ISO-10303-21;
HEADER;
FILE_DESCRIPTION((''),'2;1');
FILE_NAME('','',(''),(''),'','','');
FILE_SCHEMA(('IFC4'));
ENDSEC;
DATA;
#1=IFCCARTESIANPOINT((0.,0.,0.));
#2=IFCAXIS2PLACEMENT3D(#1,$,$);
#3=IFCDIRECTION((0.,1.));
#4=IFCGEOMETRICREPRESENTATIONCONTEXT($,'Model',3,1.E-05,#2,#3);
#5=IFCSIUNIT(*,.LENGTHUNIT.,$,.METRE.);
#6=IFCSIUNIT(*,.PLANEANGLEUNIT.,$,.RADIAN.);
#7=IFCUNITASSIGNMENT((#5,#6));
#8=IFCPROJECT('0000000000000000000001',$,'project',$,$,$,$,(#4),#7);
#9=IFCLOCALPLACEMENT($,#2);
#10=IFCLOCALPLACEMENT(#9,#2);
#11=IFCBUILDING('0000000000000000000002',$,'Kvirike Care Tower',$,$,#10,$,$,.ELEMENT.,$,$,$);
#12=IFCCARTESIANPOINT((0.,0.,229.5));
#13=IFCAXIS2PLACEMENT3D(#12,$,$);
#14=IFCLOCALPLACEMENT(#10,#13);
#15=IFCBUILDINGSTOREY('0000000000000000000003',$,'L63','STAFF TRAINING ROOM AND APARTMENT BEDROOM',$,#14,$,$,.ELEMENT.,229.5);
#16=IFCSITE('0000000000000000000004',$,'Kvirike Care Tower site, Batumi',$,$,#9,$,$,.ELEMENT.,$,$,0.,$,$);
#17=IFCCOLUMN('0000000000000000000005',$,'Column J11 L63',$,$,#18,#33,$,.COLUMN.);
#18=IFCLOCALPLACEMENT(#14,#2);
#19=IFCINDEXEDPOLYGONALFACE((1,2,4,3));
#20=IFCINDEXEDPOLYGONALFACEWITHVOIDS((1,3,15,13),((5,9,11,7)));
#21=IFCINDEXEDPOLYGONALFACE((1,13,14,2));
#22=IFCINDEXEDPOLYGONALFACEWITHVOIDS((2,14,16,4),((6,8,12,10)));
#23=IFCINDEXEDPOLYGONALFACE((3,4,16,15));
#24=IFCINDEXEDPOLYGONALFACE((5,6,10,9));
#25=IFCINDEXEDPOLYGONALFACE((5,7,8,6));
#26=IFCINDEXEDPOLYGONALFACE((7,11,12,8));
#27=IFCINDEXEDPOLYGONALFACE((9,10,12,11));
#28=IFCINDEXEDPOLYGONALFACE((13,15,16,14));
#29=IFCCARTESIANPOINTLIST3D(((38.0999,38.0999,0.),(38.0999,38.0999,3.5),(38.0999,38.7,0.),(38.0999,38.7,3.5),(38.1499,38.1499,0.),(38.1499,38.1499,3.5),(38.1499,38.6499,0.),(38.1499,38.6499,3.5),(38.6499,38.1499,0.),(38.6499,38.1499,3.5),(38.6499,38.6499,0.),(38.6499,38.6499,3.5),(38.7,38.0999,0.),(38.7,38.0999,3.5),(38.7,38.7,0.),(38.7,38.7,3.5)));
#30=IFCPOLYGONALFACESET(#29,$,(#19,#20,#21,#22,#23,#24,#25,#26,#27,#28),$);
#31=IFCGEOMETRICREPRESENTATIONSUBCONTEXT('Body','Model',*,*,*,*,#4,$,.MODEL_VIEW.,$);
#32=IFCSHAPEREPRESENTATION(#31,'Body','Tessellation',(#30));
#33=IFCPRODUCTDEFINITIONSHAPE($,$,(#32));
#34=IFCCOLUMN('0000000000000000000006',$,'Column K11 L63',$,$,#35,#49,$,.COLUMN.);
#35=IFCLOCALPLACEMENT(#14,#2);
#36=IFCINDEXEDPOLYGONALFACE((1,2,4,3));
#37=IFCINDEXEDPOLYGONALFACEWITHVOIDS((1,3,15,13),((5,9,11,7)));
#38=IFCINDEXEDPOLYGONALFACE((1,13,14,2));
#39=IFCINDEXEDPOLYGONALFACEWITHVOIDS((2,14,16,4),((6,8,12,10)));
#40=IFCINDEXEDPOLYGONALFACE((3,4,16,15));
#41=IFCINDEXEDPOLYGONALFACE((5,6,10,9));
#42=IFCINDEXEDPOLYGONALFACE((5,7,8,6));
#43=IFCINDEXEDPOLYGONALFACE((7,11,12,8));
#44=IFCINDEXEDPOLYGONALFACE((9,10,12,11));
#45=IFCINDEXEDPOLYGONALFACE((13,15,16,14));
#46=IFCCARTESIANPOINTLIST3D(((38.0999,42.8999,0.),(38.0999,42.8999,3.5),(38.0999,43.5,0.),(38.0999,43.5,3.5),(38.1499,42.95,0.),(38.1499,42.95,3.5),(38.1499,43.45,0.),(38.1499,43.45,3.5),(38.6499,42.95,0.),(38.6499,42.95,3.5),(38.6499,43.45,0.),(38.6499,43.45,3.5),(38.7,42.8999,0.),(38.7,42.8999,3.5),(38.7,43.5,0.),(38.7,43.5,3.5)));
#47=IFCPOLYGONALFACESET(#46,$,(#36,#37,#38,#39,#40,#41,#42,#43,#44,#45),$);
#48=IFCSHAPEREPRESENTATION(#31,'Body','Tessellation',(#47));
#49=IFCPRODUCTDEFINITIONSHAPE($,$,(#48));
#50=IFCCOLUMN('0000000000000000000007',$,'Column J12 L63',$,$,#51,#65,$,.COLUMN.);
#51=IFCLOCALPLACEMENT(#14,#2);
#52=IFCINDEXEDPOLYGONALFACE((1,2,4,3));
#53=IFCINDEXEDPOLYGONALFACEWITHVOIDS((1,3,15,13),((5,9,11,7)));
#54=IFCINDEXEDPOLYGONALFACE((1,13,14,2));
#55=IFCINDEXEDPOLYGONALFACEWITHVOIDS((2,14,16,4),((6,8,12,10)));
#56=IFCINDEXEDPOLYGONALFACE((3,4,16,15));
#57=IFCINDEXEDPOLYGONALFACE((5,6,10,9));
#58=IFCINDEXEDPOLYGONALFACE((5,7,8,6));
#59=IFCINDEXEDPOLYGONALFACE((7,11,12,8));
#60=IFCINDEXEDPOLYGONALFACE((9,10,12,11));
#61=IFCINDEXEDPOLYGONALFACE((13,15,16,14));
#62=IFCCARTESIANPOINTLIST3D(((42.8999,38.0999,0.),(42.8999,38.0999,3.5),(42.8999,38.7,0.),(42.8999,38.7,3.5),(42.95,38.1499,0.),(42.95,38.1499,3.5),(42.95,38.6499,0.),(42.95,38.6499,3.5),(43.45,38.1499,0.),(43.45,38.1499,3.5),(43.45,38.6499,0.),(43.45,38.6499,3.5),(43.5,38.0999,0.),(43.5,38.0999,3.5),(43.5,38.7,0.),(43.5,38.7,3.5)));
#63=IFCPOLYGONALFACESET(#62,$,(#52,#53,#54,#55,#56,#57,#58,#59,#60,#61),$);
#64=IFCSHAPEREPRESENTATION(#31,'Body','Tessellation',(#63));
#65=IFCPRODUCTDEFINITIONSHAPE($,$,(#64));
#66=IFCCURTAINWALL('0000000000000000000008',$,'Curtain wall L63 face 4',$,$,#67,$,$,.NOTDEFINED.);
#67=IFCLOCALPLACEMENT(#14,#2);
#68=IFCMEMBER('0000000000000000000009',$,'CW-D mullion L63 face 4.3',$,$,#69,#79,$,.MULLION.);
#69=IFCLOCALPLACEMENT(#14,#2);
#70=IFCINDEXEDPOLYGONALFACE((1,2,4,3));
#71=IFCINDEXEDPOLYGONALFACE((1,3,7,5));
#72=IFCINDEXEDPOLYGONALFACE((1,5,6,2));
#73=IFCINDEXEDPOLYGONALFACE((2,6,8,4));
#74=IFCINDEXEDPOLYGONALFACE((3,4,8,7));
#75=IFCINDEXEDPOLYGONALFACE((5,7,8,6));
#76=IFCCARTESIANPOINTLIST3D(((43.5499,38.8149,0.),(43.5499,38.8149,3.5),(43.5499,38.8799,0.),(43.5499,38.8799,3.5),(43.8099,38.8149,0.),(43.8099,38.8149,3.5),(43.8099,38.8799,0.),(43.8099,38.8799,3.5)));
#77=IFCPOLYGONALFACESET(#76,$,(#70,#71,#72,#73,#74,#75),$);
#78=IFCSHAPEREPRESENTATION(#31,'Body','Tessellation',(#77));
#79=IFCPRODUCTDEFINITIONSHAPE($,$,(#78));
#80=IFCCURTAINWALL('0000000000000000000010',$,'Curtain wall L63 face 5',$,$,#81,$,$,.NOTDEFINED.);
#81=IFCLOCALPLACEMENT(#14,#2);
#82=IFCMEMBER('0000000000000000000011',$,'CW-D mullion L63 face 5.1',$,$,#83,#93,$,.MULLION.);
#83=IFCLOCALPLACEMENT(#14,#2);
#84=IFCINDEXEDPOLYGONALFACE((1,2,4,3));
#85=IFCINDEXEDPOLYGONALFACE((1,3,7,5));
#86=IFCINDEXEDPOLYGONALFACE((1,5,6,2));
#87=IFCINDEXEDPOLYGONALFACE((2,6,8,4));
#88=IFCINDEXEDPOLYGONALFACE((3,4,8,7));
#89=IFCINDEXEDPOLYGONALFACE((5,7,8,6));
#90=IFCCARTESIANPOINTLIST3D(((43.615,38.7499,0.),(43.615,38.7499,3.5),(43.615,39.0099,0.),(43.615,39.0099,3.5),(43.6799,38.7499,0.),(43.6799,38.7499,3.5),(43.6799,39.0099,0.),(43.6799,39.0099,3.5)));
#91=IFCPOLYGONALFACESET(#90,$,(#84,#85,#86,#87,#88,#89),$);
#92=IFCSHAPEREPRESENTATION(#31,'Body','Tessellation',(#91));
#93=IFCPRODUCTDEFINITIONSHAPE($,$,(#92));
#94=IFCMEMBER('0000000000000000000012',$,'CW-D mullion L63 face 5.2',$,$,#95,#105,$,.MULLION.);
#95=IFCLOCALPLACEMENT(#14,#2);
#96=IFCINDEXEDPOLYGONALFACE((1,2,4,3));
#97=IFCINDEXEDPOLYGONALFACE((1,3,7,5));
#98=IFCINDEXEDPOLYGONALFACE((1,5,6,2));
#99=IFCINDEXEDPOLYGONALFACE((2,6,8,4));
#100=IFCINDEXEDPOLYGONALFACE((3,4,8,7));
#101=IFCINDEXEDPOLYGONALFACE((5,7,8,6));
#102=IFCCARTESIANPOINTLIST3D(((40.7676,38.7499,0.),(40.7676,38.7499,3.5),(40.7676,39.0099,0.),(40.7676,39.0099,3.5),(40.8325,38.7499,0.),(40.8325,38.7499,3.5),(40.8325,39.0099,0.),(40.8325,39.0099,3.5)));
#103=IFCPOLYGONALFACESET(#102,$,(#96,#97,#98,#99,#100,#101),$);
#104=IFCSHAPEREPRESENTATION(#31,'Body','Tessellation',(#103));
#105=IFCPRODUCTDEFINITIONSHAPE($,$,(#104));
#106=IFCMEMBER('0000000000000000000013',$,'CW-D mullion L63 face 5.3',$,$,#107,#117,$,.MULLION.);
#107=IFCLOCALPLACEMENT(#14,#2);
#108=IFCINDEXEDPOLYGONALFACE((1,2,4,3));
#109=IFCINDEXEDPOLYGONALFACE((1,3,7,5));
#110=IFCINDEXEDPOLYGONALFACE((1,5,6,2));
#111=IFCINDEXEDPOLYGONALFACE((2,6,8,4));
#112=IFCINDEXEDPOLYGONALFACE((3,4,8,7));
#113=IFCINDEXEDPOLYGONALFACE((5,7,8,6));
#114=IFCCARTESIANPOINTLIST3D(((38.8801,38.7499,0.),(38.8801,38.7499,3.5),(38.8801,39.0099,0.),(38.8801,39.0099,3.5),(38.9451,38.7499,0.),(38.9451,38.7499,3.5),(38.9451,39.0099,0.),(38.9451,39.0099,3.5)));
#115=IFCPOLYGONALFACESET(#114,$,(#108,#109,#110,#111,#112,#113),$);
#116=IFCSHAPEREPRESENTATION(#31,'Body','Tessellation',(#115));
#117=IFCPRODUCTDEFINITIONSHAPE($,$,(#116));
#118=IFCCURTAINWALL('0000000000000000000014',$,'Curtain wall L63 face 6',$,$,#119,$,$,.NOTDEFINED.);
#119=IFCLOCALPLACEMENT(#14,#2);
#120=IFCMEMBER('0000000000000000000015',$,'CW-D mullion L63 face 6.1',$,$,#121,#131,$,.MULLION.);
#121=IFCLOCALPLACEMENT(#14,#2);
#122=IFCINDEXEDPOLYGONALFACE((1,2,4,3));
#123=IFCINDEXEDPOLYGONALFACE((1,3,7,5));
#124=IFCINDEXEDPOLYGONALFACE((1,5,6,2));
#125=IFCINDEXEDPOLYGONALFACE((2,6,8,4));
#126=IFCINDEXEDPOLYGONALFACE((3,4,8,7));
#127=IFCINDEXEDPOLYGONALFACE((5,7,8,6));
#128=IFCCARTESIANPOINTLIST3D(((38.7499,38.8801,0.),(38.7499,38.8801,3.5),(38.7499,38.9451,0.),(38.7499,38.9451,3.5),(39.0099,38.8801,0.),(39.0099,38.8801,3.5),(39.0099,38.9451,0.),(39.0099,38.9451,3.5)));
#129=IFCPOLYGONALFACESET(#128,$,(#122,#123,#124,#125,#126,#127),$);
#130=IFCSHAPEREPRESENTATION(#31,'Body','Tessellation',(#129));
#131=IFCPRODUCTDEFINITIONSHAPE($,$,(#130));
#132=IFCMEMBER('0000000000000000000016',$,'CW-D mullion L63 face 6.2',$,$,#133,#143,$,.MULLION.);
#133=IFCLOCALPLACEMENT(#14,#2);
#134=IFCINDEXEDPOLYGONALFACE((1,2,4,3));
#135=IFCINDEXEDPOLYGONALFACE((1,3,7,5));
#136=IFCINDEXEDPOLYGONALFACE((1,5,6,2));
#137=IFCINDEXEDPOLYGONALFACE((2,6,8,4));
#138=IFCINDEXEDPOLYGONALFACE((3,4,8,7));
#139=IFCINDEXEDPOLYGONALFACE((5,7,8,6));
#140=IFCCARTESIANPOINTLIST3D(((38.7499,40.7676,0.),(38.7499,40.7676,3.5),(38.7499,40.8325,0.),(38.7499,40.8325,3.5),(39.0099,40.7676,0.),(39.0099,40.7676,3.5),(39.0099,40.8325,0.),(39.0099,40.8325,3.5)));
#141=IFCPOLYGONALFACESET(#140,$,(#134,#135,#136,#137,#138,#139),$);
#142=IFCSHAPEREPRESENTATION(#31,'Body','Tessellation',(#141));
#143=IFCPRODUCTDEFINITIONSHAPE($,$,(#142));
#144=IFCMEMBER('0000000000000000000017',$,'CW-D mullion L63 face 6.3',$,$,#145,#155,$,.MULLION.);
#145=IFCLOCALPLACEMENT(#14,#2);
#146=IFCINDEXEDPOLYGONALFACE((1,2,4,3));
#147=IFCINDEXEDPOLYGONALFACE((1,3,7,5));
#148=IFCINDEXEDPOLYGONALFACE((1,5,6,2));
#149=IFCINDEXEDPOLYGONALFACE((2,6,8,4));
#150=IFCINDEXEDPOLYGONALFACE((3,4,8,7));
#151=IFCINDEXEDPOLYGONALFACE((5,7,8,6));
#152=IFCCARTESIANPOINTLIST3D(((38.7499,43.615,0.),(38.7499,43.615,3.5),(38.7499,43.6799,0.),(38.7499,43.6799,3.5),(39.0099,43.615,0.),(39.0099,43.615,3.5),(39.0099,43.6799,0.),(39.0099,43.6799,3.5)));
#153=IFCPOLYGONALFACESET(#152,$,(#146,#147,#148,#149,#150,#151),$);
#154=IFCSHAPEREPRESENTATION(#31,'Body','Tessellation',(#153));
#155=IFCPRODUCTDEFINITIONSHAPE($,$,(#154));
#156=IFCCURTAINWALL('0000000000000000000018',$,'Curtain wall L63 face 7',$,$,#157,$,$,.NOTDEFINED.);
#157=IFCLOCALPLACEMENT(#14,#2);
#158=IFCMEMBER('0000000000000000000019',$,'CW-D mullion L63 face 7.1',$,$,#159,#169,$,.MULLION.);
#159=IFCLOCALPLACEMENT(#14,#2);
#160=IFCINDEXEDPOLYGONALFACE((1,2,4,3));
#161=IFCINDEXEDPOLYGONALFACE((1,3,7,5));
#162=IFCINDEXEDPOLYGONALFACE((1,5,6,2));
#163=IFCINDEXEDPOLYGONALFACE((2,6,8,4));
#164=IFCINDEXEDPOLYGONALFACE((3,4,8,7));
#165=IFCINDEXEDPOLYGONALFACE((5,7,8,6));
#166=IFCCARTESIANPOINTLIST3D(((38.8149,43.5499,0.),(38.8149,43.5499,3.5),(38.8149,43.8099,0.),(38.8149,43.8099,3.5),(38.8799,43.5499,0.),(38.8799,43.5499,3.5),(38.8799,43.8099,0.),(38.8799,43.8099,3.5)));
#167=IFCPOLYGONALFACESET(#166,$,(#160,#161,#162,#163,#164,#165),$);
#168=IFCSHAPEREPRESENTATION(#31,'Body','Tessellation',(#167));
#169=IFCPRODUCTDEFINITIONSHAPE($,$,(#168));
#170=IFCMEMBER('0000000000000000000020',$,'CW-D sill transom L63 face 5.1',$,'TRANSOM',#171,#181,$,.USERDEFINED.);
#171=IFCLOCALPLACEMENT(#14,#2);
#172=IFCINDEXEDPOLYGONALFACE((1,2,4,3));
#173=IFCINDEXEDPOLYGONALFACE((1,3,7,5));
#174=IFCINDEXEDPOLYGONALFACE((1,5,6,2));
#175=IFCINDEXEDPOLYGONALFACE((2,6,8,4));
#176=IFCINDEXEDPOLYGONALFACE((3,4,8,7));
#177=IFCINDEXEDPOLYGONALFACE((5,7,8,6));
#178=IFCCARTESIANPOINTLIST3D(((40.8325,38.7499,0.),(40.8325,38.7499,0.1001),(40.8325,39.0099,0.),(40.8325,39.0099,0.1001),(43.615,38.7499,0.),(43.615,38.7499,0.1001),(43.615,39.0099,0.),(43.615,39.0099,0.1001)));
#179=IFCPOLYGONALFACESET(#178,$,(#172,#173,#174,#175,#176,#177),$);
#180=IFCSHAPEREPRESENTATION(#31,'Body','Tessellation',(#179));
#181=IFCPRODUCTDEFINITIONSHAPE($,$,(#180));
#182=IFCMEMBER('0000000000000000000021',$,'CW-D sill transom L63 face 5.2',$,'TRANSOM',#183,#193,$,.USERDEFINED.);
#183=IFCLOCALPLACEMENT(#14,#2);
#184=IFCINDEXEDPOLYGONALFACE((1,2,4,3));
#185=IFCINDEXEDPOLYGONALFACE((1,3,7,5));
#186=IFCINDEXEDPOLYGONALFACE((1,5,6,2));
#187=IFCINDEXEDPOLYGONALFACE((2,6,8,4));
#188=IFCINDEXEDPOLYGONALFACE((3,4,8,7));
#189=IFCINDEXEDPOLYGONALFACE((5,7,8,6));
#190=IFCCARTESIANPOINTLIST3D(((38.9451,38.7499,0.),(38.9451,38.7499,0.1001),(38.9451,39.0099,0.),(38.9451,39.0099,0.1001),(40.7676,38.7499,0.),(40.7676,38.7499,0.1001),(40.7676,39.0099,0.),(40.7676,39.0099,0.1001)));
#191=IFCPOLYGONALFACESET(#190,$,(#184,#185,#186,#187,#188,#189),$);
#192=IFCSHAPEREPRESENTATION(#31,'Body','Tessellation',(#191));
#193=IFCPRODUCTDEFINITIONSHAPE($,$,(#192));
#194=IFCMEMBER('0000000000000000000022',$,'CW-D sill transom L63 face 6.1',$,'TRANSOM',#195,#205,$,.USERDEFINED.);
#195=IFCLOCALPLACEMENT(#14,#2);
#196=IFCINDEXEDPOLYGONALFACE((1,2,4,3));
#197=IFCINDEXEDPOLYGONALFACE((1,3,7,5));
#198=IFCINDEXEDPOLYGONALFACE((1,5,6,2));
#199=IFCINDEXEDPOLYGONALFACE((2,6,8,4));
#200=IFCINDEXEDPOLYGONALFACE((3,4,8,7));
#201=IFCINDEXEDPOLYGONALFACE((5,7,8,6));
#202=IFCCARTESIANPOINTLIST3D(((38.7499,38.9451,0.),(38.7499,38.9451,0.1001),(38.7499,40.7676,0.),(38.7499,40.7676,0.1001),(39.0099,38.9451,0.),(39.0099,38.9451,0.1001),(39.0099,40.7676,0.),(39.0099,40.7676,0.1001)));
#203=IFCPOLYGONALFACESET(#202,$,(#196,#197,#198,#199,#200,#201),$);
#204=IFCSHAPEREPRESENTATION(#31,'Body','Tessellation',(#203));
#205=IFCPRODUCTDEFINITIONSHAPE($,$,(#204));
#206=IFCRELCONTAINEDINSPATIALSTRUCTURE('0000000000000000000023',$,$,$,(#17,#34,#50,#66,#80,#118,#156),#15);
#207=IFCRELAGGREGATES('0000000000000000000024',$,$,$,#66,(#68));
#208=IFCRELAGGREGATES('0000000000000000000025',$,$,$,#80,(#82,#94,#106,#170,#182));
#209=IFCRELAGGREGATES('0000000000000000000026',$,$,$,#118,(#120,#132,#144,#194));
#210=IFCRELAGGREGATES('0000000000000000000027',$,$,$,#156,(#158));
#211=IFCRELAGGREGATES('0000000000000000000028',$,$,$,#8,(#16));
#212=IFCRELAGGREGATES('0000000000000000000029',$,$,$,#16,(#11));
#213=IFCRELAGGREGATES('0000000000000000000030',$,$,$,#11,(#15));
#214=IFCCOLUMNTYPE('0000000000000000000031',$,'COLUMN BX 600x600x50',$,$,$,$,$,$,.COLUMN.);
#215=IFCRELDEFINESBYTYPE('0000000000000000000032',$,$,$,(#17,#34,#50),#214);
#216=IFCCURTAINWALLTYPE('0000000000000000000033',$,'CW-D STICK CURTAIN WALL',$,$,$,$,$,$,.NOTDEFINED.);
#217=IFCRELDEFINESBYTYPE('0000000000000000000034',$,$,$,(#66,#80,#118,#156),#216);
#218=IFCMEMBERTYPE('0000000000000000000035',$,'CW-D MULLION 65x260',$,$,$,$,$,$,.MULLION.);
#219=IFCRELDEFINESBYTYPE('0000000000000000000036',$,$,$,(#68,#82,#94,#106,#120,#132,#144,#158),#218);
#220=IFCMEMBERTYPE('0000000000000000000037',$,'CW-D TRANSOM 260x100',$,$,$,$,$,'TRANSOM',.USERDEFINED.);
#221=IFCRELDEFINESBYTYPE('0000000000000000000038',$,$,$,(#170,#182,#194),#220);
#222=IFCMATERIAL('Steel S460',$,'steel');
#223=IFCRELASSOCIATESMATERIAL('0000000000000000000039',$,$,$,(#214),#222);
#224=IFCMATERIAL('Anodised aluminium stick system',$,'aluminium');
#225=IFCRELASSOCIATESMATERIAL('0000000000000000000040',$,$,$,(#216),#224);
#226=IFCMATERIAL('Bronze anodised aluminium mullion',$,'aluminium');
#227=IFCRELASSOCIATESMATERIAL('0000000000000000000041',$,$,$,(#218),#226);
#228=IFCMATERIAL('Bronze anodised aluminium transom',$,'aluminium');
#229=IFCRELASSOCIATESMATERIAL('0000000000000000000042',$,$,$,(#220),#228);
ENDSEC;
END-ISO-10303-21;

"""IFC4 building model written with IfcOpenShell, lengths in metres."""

from ifc_helpers import new_model, si_unit, direction, frame, origin, origin_2d, place, context, subcontext, project, spatial, rectangle, hollow_rectangle, extrude, material, material_profile, profile_set, type_object, element, aggregate, save


model = new_model("IFC4")

# Units and contexts
model_context = context("Model", 3, precision=1e-05, world=origin(), true_north=direction((0.0, 1.0)))
body_context = subcontext(model_context, "Body", "Model", "MODEL_VIEW")
ifc_project = project(units=[si_unit("LENGTHUNIT", "METRE"), si_unit("PLANEANGLEUNIT", "RADIAN")], contexts=[model_context])

# Site, building, storey
site_placement = place(None, origin())
site = spatial("IfcSite", under=ifc_project, at=site_placement, Name="Kvirike Care Tower site, Batumi", CompositionType="ELEMENT", RefElevation=0.0)
building_placement = place(site_placement, origin())
building = spatial("IfcBuilding", under=site, at=building_placement, Name="Kvirike Care Tower", CompositionType="ELEMENT")
storey_placement = place(building_placement, frame((0.0, 0.0, 229.5)))
storey = spatial("IfcBuildingStorey", under=building, at=storey_placement, Name="L63", Description="STAFF TRAINING ROOM AND APARTMENT BEDROOM", CompositionType="ELEMENT", Elevation=229.5)

# Columns
ifc_material_1 = material(Name="Steel S460", Category="steel")
ifc_material_profile_1 = material_profile(ifc_material_1, hollow_rectangle(XDim=0.6001, YDim=0.6001, WallThickness=0.05, at=origin_2d()), Name="BX 600x600x50")
ifc_profile_set_1 = profile_set([ifc_material_profile_1], Name="Steel S460")
column_type = type_object("IfcColumnType", Name="COLUMN BX 600x600x50", PredefinedType="COLUMN", material=ifc_profile_set_1)
for number, where, z_axis, x_axis, name in (
    (1, (38.3999, 38.3999, 0.0), (0.0, 0.0, 1.0), (0.0, 1.0, 0.0), "Column J11 L63"),
    (2, (38.3999, 43.2, 0.0), (0.0, 0.0, 1.0), (0.0, 1.0, 0.0), "Column K11 L63"),
    (3, (43.2, 38.3999, 0.0), (0.0, 0.0, 1.0), (0.0, 1.0, 0.0), "Column J12 L63"),
):
    element("IfcColumn", number, at=place(storey_placement, frame(where, z_axis=z_axis, x_axis=x_axis)), inside=storey, type_object=column_type, Name=name, PredefinedType="COLUMN", context=body_context, shape_type="SweptSolid", body=[
        extrude(hollow_rectangle(XDim=0.6001, YDim=0.6001, WallThickness=0.05, at=origin_2d()), origin(), (0.0, 0.0, 1.0), 3.5),
    ])

# Curtain wall, member
ifc_material_2 = material(Name="Anodised aluminium stick system", Category="aluminium")
curtain_wall_type = type_object("IfcCurtainWallType", Name="CW-D STICK CURTAIN WALL", PredefinedType="NOTDEFINED", material=ifc_material_2)
curtain_wall_1_placement = place(storey_placement, origin())
curtain_wall_1 = element("IfcCurtainWall", 4, at=curtain_wall_1_placement, inside=storey, type_object=curtain_wall_type, Name="Curtain wall L63 face 4", PredefinedType="NOTDEFINED")
ifc_material_3 = material(Name="Bronze anodised aluminium mullion", Category="aluminium")
ifc_material_profile_2 = material_profile(ifc_material_3, rectangle(XDim=0.0649, YDim=0.26, at=origin_2d()), Name="CW-D MULLION 65x260")
ifc_profile_set_2 = profile_set([ifc_material_profile_2], Name="Bronze anodised aluminium mullion")
member_type_1 = type_object("IfcMemberType", Name="CW-D MULLION 65x260", PredefinedType="MULLION", material=ifc_profile_set_2)
member_1_placement = place(storey_placement, frame((43.6799, 38.8474, 0.0), z_axis=(0.0, 0.0, 1.0), x_axis=(0.0, 1.0, 0.0)))
member_1 = element("IfcMember", 5, at=member_1_placement, type_object=member_type_1, Name="CW-D mullion L63 face 4.3", PredefinedType="MULLION", context=body_context, shape_type="SweptSolid", body=[
    extrude(rectangle(XDim=0.0649, YDim=0.26, at=origin_2d()), origin(), (0.0, 0.0, 1.0), 3.5),
])

# Curtain walls, members
curtain_wall_2_placement = place(storey_placement, origin())
curtain_wall_2 = element("IfcCurtainWall", 6, at=curtain_wall_2_placement, inside=storey, type_object=curtain_wall_type, Name="Curtain wall L63 face 5", PredefinedType="NOTDEFINED")
member_2_placement = place(storey_placement, frame((43.6475, 38.8799, 0.0), z_axis=(0.0, 0.0, 1.0), x_axis=(-1.0, 0.0, 0.0)))
member_2 = element("IfcMember", 7, at=member_2_placement, type_object=member_type_1, Name="CW-D mullion L63 face 5.1", PredefinedType="MULLION", context=body_context, shape_type="SweptSolid", body=[
    extrude(rectangle(XDim=0.0649, YDim=0.26, at=origin_2d()), origin(), (0.0, 0.0, 1.0), 3.5),
])
member_3_placement = place(storey_placement, frame((40.8, 38.8799, 0.0), z_axis=(0.0, 0.0, 1.0), x_axis=(-1.0, 0.0, 0.0)))
member_3 = element("IfcMember", 8, at=member_3_placement, type_object=member_type_1, Name="CW-D mullion L63 face 5.2", PredefinedType="MULLION", context=body_context, shape_type="SweptSolid", body=[
    extrude(rectangle(XDim=0.0649, YDim=0.26, at=origin_2d()), origin(), (0.0, 0.0, 1.0), 3.5),
])
member_4_placement = place(storey_placement, frame((38.9126, 38.8799, 0.0), z_axis=(0.0, 0.0, 1.0), x_axis=(-1.0, 0.0, 0.0)))
member_4 = element("IfcMember", 9, at=member_4_placement, type_object=member_type_1, Name="CW-D mullion L63 face 5.3", PredefinedType="MULLION", context=body_context, shape_type="SweptSolid", body=[
    extrude(rectangle(XDim=0.0649, YDim=0.26, at=origin_2d()), origin(), (0.0, 0.0, 1.0), 3.5),
])
curtain_wall_3_placement = place(storey_placement, origin())
curtain_wall_3 = element("IfcCurtainWall", 10, at=curtain_wall_3_placement, inside=storey, type_object=curtain_wall_type, Name="Curtain wall L63 face 6", PredefinedType="NOTDEFINED")
member_5_placement = place(storey_placement, frame((38.8799, 38.9126, 0.0), z_axis=(0.0, 0.0, 1.0), x_axis=(0.0, 1.0, 0.0)))
member_5 = element("IfcMember", 11, at=member_5_placement, type_object=member_type_1, Name="CW-D mullion L63 face 6.1", PredefinedType="MULLION", context=body_context, shape_type="SweptSolid", body=[
    extrude(rectangle(XDim=0.0649, YDim=0.26, at=origin_2d()), origin(), (0.0, 0.0, 1.0), 3.5),
])
member_6_placement = place(storey_placement, frame((38.8799, 40.8, 0.0), z_axis=(0.0, 0.0, 1.0), x_axis=(0.0, 1.0, 0.0)))
member_6 = element("IfcMember", 12, at=member_6_placement, type_object=member_type_1, Name="CW-D mullion L63 face 6.2", PredefinedType="MULLION", context=body_context, shape_type="SweptSolid", body=[
    extrude(rectangle(XDim=0.0649, YDim=0.26, at=origin_2d()), origin(), (0.0, 0.0, 1.0), 3.5),
])
member_7_placement = place(storey_placement, frame((38.8799, 43.6475, 0.0), z_axis=(0.0, 0.0, 1.0), x_axis=(0.0, 1.0, 0.0)))
member_7 = element("IfcMember", 13, at=member_7_placement, type_object=member_type_1, Name="CW-D mullion L63 face 6.3", PredefinedType="MULLION", context=body_context, shape_type="SweptSolid", body=[
    extrude(rectangle(XDim=0.0649, YDim=0.26, at=origin_2d()), origin(), (0.0, 0.0, 1.0), 3.5),
])

# Curtain wall, member
curtain_wall_4_placement = place(storey_placement, origin())
curtain_wall_4 = element("IfcCurtainWall", 14, at=curtain_wall_4_placement, inside=storey, type_object=curtain_wall_type, Name="Curtain wall L63 face 7", PredefinedType="NOTDEFINED")
member_8_placement = place(storey_placement, frame((38.8474, 43.6799, 0.0), z_axis=(0.0, 0.0, 1.0), x_axis=(-1.0, 0.0, 0.0)))
member_8 = element("IfcMember", 15, at=member_8_placement, type_object=member_type_1, Name="CW-D mullion L63 face 7.1", PredefinedType="MULLION", context=body_context, shape_type="SweptSolid", body=[
    extrude(rectangle(XDim=0.0649, YDim=0.26, at=origin_2d()), origin(), (0.0, 0.0, 1.0), 3.5),
])

# Members
ifc_material_4 = material(Name="Bronze anodised aluminium transom", Category="aluminium")
ifc_material_profile_3 = material_profile(ifc_material_4, rectangle(XDim=0.26, YDim=0.1001, at=origin_2d()), Name="CW-D TRANSOM 260x100")
ifc_profile_set_3 = profile_set([ifc_material_profile_3], Name="Bronze anodised aluminium transom")
member_type_2 = type_object("IfcMemberType", Name="CW-D TRANSOM 260x100", ElementType="TRANSOM", PredefinedType="USERDEFINED", material=ifc_profile_set_3)
member_9_placement = place(storey_placement, frame((43.615, 38.8799, 0.05), z_axis=(-1.0, 0.0, 0.0), x_axis=(0.0, -1.0, 0.0)))
member_9 = element("IfcMember", 16, at=member_9_placement, type_object=member_type_2, Name="CW-D sill transom L63 face 5.1", ObjectType="TRANSOM", PredefinedType="USERDEFINED", context=body_context, shape_type="SweptSolid", body=[
    extrude(rectangle(XDim=0.26, YDim=0.1001, at=origin_2d()), origin(), (0.0, 0.0, 1.0), 2.7825),
])
member_10_placement = place(storey_placement, frame((40.7676, 38.8799, 0.05), z_axis=(-1.0, 0.0, 0.0), x_axis=(0.0, -1.0, 0.0)))
member_10 = element("IfcMember", 17, at=member_10_placement, type_object=member_type_2, Name="CW-D sill transom L63 face 5.2", ObjectType="TRANSOM", PredefinedType="USERDEFINED", context=body_context, shape_type="SweptSolid", body=[
    extrude(rectangle(XDim=0.26, YDim=0.1001, at=origin_2d()), origin(), (0.0, 0.0, 1.0), 1.8225),
])
member_11_placement = place(storey_placement, frame((38.8799, 38.9451, 0.05), z_axis=(0.0, 1.0, 0.0), x_axis=(-1.0, 0.0, 0.0)))
member_11 = element("IfcMember", 18, at=member_11_placement, type_object=member_type_2, Name="CW-D sill transom L63 face 6.1", ObjectType="TRANSOM", PredefinedType="USERDEFINED", context=body_context, shape_type="SweptSolid", body=[
    extrude(rectangle(XDim=0.26, YDim=0.1001, at=origin_2d()), origin(), (0.0, 0.0, 1.0), 1.8225),
])

aggregate(curtain_wall_1, [member_1])
aggregate(curtain_wall_2, [member_2, member_3, member_4, member_9, member_10])
aggregate(curtain_wall_3, [member_5, member_6, member_7, member_11])
aggregate(curtain_wall_4, [member_8])

save(model, "model.ifc")
